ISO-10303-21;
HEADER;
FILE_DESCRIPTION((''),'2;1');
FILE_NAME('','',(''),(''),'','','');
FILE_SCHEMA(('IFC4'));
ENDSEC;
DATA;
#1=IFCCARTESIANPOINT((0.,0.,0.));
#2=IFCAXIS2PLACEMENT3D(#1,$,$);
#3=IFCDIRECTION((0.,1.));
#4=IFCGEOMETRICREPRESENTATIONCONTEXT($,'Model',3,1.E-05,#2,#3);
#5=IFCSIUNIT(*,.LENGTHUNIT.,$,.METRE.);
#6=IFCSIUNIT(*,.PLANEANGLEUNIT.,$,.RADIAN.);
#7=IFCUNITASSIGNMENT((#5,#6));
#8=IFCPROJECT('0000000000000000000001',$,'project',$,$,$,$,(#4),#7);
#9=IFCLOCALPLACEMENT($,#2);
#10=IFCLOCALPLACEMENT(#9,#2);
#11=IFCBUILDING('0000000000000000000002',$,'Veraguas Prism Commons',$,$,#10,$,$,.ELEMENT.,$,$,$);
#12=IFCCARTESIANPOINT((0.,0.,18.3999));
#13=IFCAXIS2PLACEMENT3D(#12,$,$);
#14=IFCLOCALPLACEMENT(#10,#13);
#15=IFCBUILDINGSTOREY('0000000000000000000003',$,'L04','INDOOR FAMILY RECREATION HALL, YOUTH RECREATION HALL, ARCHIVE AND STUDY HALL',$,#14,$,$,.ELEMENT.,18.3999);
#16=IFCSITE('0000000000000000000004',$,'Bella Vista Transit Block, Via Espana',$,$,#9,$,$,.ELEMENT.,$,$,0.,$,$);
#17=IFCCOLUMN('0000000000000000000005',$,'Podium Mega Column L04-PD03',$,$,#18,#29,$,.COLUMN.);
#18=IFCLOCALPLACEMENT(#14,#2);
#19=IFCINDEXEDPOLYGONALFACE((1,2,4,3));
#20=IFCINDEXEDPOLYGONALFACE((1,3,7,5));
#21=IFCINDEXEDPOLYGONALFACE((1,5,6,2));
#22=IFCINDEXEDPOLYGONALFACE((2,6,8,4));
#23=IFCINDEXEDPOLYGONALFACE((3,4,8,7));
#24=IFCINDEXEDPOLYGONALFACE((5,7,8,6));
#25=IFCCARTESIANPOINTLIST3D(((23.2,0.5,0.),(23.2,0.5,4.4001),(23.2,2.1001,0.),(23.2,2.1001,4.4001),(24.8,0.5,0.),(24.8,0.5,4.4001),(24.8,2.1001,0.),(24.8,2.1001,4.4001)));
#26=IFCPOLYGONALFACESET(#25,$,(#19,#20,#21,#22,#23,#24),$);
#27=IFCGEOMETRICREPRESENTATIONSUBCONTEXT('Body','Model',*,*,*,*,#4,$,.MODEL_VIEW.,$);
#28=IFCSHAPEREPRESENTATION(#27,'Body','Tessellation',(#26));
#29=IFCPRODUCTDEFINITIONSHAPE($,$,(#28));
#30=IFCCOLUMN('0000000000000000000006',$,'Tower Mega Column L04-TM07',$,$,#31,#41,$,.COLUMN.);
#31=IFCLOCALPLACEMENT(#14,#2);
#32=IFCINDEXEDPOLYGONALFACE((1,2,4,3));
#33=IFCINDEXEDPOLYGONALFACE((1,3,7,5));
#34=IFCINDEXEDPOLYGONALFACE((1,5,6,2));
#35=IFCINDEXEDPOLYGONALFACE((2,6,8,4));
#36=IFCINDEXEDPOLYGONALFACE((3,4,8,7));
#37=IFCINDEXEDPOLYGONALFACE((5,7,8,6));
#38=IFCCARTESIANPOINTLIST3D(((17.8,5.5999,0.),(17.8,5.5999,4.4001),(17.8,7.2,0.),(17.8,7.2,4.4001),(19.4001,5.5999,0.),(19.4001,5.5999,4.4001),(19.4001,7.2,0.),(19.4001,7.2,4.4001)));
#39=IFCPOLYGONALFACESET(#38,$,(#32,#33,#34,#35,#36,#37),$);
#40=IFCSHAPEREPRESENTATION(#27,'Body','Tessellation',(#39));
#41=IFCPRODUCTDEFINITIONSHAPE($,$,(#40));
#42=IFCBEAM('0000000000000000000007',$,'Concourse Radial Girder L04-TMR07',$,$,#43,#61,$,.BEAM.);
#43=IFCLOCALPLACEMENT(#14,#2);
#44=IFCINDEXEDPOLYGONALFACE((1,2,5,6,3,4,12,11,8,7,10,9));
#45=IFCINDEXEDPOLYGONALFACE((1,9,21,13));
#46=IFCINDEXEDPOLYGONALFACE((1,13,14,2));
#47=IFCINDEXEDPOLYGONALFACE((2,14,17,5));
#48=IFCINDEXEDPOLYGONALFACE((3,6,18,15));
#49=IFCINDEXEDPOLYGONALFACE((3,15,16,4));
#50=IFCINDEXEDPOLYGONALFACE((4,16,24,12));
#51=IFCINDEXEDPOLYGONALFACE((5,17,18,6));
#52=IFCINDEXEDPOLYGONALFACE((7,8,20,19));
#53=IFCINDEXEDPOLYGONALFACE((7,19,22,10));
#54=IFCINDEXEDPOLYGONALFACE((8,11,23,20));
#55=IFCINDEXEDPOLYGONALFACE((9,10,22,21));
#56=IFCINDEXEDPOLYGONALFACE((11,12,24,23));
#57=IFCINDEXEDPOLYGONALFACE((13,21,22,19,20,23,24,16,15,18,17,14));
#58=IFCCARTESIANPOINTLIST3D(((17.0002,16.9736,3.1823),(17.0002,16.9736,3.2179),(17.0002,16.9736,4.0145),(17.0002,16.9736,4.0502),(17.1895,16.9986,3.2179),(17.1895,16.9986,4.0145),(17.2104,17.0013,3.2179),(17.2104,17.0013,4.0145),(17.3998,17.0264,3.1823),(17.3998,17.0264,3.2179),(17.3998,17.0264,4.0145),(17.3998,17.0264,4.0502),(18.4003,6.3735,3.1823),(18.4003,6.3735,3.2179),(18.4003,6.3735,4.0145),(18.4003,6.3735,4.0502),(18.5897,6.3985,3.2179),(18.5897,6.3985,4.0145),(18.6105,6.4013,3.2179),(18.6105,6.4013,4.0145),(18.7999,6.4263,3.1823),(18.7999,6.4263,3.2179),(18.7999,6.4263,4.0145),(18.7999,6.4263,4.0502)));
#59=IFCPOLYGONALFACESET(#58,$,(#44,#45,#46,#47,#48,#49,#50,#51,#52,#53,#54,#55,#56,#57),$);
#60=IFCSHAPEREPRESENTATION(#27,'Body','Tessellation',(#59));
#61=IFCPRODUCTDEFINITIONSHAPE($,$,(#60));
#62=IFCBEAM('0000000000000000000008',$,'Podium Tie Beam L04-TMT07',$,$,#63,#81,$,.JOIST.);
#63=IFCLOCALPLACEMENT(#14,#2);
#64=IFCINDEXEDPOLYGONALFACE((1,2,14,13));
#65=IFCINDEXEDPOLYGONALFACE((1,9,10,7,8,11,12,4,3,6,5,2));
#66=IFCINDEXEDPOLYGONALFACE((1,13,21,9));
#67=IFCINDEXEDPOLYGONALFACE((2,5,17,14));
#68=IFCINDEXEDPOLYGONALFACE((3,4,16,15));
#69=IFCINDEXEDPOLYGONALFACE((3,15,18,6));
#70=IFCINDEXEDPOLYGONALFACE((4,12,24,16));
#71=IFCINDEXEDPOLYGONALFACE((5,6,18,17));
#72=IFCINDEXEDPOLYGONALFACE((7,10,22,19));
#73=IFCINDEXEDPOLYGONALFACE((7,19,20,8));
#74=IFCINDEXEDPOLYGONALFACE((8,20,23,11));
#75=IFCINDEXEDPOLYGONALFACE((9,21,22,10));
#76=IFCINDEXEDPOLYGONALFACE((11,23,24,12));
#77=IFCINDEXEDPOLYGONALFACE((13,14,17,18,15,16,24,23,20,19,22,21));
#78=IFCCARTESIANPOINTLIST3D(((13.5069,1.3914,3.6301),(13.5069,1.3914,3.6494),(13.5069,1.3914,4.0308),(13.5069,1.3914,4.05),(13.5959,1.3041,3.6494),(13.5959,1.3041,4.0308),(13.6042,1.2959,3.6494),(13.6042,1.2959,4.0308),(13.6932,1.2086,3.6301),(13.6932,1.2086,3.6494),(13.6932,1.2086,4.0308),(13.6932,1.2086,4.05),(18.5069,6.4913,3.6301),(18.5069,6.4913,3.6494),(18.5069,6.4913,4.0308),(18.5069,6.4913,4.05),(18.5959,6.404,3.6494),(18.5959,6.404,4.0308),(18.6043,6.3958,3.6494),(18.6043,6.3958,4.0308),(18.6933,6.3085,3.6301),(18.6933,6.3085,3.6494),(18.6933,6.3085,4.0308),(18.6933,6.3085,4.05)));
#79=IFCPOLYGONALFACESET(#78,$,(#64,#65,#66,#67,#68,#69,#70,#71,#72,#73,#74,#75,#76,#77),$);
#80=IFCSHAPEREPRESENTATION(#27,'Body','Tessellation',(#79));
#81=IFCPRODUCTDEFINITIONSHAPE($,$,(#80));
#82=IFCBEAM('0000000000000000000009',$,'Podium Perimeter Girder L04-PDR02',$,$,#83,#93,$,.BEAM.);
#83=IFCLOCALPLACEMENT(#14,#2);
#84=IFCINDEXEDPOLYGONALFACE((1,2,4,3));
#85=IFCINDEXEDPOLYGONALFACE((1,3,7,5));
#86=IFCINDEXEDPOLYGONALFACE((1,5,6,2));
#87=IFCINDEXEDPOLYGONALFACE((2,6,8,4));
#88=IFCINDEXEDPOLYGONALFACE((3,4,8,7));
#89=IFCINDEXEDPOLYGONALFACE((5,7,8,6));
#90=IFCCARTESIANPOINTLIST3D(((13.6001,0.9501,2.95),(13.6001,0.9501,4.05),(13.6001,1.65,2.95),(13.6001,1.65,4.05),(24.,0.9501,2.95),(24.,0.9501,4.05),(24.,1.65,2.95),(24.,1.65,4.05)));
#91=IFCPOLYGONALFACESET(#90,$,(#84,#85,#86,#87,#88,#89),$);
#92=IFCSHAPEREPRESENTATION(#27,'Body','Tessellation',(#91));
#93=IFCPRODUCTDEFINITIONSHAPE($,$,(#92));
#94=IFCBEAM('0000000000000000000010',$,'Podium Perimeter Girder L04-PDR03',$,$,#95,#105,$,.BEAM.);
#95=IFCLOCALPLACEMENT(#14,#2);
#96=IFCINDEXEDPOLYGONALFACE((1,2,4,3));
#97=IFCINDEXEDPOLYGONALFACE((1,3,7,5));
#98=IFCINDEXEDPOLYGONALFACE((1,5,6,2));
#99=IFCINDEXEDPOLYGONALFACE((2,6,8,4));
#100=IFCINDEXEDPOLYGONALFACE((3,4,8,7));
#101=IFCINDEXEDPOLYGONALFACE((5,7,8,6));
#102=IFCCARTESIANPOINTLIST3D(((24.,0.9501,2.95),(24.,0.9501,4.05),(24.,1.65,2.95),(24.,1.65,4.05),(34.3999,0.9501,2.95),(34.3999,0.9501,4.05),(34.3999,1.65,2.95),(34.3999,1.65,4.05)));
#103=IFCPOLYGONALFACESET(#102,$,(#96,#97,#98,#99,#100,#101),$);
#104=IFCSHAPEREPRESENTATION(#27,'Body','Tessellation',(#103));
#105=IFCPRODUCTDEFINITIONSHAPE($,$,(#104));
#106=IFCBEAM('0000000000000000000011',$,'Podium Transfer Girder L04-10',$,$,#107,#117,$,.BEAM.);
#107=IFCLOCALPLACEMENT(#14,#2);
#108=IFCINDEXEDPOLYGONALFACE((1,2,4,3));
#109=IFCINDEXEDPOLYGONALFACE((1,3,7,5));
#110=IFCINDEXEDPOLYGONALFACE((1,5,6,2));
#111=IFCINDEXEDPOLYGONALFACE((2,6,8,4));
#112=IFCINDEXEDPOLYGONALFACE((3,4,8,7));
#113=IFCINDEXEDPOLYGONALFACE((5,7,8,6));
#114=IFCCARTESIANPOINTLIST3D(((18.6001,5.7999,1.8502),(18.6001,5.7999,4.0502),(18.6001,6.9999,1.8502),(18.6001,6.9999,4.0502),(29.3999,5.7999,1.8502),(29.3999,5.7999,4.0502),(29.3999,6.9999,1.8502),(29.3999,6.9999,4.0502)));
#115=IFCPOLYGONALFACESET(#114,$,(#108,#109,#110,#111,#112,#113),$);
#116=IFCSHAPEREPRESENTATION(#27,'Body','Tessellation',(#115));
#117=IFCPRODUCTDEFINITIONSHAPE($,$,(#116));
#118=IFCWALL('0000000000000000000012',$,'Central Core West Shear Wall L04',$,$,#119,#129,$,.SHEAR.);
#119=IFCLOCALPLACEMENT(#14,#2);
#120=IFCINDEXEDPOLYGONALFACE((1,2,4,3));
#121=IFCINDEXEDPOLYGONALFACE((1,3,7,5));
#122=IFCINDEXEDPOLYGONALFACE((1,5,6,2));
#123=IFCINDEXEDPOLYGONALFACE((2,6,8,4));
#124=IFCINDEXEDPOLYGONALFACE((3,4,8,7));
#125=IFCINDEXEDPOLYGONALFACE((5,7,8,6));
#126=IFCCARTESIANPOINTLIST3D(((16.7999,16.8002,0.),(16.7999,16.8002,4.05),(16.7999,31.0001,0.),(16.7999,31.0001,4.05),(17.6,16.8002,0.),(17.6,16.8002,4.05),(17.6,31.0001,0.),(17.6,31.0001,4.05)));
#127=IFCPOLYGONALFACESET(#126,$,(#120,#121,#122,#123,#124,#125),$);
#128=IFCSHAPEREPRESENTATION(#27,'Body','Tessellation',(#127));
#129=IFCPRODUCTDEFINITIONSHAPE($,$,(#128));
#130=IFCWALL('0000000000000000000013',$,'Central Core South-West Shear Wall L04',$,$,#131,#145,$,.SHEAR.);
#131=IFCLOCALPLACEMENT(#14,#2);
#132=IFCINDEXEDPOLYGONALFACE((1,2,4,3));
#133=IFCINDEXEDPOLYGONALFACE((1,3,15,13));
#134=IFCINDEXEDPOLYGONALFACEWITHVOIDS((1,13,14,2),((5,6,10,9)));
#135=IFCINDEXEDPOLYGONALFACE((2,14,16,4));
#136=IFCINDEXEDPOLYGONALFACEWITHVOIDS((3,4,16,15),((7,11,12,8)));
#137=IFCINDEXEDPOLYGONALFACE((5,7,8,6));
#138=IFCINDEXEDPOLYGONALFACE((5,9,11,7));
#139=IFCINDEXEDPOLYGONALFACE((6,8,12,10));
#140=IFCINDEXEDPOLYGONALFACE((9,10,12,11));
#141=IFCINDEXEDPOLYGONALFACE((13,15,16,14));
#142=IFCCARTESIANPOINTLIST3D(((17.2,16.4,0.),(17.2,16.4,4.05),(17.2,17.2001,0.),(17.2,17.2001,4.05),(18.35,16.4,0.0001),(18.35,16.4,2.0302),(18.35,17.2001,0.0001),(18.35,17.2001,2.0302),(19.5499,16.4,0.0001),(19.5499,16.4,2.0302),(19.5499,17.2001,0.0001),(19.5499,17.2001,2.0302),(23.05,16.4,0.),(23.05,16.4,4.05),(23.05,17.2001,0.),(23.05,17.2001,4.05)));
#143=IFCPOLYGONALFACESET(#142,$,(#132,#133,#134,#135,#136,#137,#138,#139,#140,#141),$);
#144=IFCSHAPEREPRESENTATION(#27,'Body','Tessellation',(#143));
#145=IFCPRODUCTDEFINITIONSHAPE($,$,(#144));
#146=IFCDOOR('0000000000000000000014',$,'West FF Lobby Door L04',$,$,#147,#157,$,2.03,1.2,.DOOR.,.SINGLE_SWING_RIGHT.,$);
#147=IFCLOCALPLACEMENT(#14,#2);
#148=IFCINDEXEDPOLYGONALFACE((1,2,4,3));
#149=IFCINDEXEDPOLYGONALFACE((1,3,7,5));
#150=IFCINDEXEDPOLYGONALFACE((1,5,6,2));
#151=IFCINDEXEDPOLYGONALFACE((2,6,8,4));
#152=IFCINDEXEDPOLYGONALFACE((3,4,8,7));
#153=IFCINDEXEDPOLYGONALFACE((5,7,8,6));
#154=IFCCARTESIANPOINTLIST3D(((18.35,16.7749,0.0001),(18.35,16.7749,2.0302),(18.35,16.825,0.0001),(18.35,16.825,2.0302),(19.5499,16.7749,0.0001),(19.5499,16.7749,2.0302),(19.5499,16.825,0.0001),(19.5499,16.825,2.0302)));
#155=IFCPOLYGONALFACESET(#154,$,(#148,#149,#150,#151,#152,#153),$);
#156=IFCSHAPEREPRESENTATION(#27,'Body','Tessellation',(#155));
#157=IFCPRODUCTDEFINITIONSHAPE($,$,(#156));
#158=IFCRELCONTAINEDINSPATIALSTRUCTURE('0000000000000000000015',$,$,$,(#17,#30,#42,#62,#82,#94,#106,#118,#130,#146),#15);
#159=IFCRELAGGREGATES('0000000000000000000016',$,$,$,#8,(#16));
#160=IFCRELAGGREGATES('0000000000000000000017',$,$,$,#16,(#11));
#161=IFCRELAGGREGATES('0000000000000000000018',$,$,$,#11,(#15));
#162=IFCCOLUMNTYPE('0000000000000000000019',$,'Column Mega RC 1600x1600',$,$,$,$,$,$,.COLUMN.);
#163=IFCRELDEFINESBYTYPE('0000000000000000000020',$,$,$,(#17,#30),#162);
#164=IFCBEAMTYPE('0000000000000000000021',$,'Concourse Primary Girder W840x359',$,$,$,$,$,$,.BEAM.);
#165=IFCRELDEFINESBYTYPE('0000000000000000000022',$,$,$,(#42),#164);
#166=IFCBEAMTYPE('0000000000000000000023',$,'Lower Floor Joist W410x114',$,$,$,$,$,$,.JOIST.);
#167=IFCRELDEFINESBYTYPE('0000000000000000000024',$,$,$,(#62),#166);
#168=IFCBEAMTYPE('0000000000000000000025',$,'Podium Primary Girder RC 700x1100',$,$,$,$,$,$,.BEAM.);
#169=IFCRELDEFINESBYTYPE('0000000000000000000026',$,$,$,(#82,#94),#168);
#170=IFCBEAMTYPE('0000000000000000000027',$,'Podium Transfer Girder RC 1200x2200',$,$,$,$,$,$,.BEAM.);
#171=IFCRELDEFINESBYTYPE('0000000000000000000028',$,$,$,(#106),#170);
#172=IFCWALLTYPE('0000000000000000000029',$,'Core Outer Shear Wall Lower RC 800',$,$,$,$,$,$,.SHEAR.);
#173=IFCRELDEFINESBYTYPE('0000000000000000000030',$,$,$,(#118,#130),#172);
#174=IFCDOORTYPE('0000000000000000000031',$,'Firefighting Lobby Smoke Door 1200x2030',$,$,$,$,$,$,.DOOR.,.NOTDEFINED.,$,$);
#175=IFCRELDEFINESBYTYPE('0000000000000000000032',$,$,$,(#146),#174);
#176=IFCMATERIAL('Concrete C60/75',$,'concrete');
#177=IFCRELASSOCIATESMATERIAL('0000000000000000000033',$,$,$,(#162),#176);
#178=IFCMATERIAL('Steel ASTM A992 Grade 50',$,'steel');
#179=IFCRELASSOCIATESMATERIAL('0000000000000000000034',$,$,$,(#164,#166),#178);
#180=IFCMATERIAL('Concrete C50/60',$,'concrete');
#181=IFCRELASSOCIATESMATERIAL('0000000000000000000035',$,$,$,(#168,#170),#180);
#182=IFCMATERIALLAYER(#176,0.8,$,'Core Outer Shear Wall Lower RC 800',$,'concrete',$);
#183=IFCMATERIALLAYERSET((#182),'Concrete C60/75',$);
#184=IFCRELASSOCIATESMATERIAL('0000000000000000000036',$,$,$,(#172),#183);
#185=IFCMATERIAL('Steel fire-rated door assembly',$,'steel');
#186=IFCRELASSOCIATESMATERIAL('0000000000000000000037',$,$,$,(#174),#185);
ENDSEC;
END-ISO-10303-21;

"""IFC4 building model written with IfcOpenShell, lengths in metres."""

from ifc_helpers import new_model, si_unit, direction, frame, frame_2d, origin, origin_2d, place, context, subcontext, project, spatial, rectangle, i_section, extrude, source, transform, mapped, material, layer, layer_set, material_profile, profile_set, type_object, element, fill, save


model = new_model("IFC4")

# Units and contexts
model_context = context("Model", 3, precision=1e-05, world=origin(), true_north=direction((0.0, 1.0)))
body_context = subcontext(model_context, "Body", "Model", "MODEL_VIEW")
ifc_project = project(units=[si_unit("LENGTHUNIT", "METRE"), si_unit("PLANEANGLEUNIT", "RADIAN")], contexts=[model_context])

# Site, building, storey
site_placement = place(None, origin())
site = spatial("IfcSite", under=ifc_project, at=site_placement, Name="Bella Vista Transit Block, Via Espana", CompositionType="ELEMENT", RefElevation=0.0)
building_placement = place(site_placement, origin())
building = spatial("IfcBuilding", under=site, at=building_placement, Name="Veraguas Prism Commons", CompositionType="ELEMENT")
storey_placement = place(building_placement, frame((0.0, 0.0, 18.3999)))
storey = spatial("IfcBuildingStorey", under=building, at=storey_placement, Name="L04", Description="INDOOR FAMILY RECREATION HALL, YOUTH RECREATION HALL, ARCHIVE AND STUDY HALL", CompositionType="ELEMENT", Elevation=18.3999)

# Columns
ifc_material_1 = material(Name="Concrete C60/75", Category="concrete")
ifc_material_profile_1 = material_profile(ifc_material_1, rectangle(XDim=1.6001, YDim=1.6001, at=origin_2d()), Name="RC1600X1600")
ifc_profile_set_1 = profile_set([ifc_material_profile_1], Name="Concrete C60/75")
column_type = type_object("IfcColumnType", Name="Column Mega RC 1600x1600", PredefinedType="COLUMN", material=ifc_profile_set_1)
for number, where, z_axis, x_axis, name in (
    (1, (24.0, 1.3, 0.0), (0.0, 0.0, 1.0), (1.0, 0.0, 0.0), "Podium Mega Column L04-PD03"),
    (2, (18.6001, 6.3999, 0.0), (0.0, 0.0, 1.0), (1.0, 0.0, 0.0), "Tower Mega Column L04-TM07"),
):
    element("IfcColumn", number, at=place(storey_placement, frame(where, z_axis=z_axis, x_axis=x_axis)), inside=storey, type_object=column_type, Name=name, PredefinedType="COLUMN", context=body_context, shape_type="SweptSolid", body=[
        extrude(rectangle(XDim=1.6001, YDim=1.6001, at=origin_2d()), origin(), (0.0, 0.0, 1.0), 4.4001),
    ])

# Beams
ifc_material_2 = material(Name="Steel ASTM A992 Grade 50", Category="steel")
ifc_material_profile_2 = material_profile(ifc_material_2, i_section(OverallWidth=0.4031, OverallDepth=0.8679, WebThickness=0.021, FlangeThickness=0.0356, at=origin_2d()), Name="W840X359")
ifc_profile_set_2 = profile_set([ifc_material_profile_2], Name="Steel ASTM A992 Grade 50")
beam_type_1 = type_object("IfcBeamType", Name="Concourse Primary Girder W840x359", PredefinedType="BEAM", material=ifc_profile_set_2)
beam_1_placement = place(storey_placement, frame((18.6001, 6.3999, 3.6162), z_axis=(-0.130951, 0.991389, 0.0), x_axis=(-0.991389, -0.130951, 0.0)))
element("IfcBeam", 3, at=beam_1_placement, inside=storey, type_object=beam_type_1, Name="Concourse Radial Girder L04-TMR07", PredefinedType="BEAM", context=body_context, shape_type="SweptSolid", body=[
    extrude(i_section(OverallWidth=0.4031, OverallDepth=0.8679, WebThickness=0.021, FlangeThickness=0.0356, at=origin_2d()), origin(), (0.0, 0.0, 1.0), 10.6921),
])
ifc_material_profile_3 = material_profile(ifc_material_2, i_section(OverallWidth=0.261, OverallDepth=0.4199, WebThickness=0.0117, FlangeThickness=0.0193, at=origin_2d()), Name="W410X114")
ifc_profile_set_3 = profile_set([ifc_material_profile_3], Name="Steel ASTM A992 Grade 50")
beam_type_2 = type_object("IfcBeamType", Name="Lower Floor Joist W410x114", PredefinedType="JOIST", material=ifc_profile_set_3)
beam_2_placement = place(storey_placement, frame((18.6001, 6.3999, 3.8401), z_axis=(-0.700082, -0.714063, 0.0), x_axis=(0.714063, -0.700082, 0.0)))
element("IfcBeam", 4, at=beam_2_placement, inside=storey, type_object=beam_type_2, Name="Podium Tie Beam L04-TMT07", PredefinedType="JOIST", context=body_context, shape_type="SweptSolid", body=[
    extrude(i_section(OverallWidth=0.261, OverallDepth=0.4199, WebThickness=0.0117, FlangeThickness=0.0193, at=origin_2d()), origin(), (0.0, 0.0, 1.0), 7.1421),
])
ifc_material_3 = material(Name="Concrete C50/60", Category="concrete")
ifc_material_profile_4 = material_profile(ifc_material_3, rectangle(XDim=0.7, YDim=1.1001, at=origin_2d()), Name="RC700X1100")
ifc_profile_set_4 = profile_set([ifc_material_profile_4], Name="Concrete C50/60")
beam_type_3 = type_object("IfcBeamType", Name="Podium Primary Girder RC 700x1100", PredefinedType="BEAM", material=ifc_profile_set_4)
for number, where, z_axis, x_axis, name in (
    (5, (13.6001, 1.3, 3.5), (1.0, 0.0, 0.0), (0.0, 1.0, 0.0), "Podium Perimeter Girder L04-PDR02"),
    (6, (24.0, 1.3, 3.5), (1.0, 0.0, 0.0), (0.0, 1.0, 0.0), "Podium Perimeter Girder L04-PDR03"),
):
    element("IfcBeam", number, at=place(storey_placement, frame(where, z_axis=z_axis, x_axis=x_axis)), inside=storey, type_object=beam_type_3, Name=name, PredefinedType="BEAM", context=body_context, shape_type="SweptSolid", body=[
        extrude(rectangle(XDim=0.7, YDim=1.1001, at=origin_2d()), origin(), (0.0, 0.0, 1.0), 10.3999),
    ])
ifc_material_profile_5 = material_profile(ifc_material_3, rectangle(XDim=1.2, YDim=2.2, at=origin_2d()), Name="RC1200X2200")
ifc_profile_set_5 = profile_set([ifc_material_profile_5], Name="Concrete C50/60")
beam_type_4 = type_object("IfcBeamType", Name="Podium Transfer Girder RC 1200x2200", PredefinedType="BEAM", material=ifc_profile_set_5)
beam_3_placement = place(storey_placement, frame((18.6001, 6.3999, 2.9502), z_axis=(1.0, 0.0, 0.0), x_axis=(0.0, 1.0, 0.0)))
element("IfcBeam", 7, at=beam_3_placement, inside=storey, type_object=beam_type_4, Name="Podium Transfer Girder L04-10", PredefinedType="BEAM", context=body_context, shape_type="SweptSolid", body=[
    extrude(rectangle(XDim=1.2, YDim=2.2, at=origin_2d()), origin(), (0.0, 0.0, 1.0), 10.7998),
])

# Wall
ifc_layer_1 = layer(ifc_material_1, 0.8, Name="Core Outer Shear Wall Lower RC 800", Category="concrete")
ifc_layer_set_1 = layer_set([ifc_layer_1], Name="Concrete C60/75")
wall_type_1 = type_object("IfcWallType", Name="Core Outer Shear Wall Lower RC 800", PredefinedType="SHEAR", material=ifc_layer_set_1)
wall_1_placement = place(storey_placement, frame((17.2, 16.8, 0.0), z_axis=(0.0, 0.0, 1.0), x_axis=(0.0, 1.0, 0.0)))
element("IfcWall", 8, at=wall_1_placement, inside=storey, type_object=wall_type_1, Name="Central Core West Shear Wall L04", PredefinedType="SHEAR", context=body_context, shape_type="SweptSolid", body=[
    extrude(rectangle(XDim=14.2, YDim=0.8, at=frame_2d((7.1001, 0.0))), origin(), (0.0, 0.0, 1.0), 4.05),
])

# Wall, opening, door
wall_2_placement = place(storey_placement, frame((17.2, 16.8, 0.0), z_axis=(0.0, 0.0, 1.0), x_axis=(1.0, 0.0, 0.0)))
wall_2 = element("IfcWall", 9, at=wall_2_placement, inside=storey, type_object=wall_type_1, Name="Central Core South-West Shear Wall L04", PredefinedType="SHEAR", context=body_context, shape_type="SweptSolid", body=[
    extrude(rectangle(XDim=5.8501, YDim=0.8, at=frame_2d((2.925, 0.0))), origin(), (0.0, 0.0, 1.0), 4.05),
])
opening_1_placement = place(wall_2_placement, frame((1.1499, 0.0, 0.0)))
opening_1 = element("IfcOpeningElement", 10, at=opening_1_placement, cuts=wall_2, PredefinedType="OPENING", context=body_context, shape_type="SweptSolid", body=[
    extrude(rectangle(XDim=1.2, YDim=2.03, at=frame_2d((0.6001, 1.0151))), frame((0.0, 0.4099, 0.0), z_axis=(0.0, -1.0, 0.0), x_axis=(1.0, 0.0, 0.0)), (0.0, 0.0, 1.0), 0.8201),
])
ifc_material_4 = material(Name="Steel fire-rated door assembly", Category="steel")
door_type_1 = type_object("IfcDoorType", Name="Firefighting Lobby Smoke Door 1200x2030", OperationType="NOTDEFINED", PredefinedType="DOOR", material=ifc_material_4)
shared_shape_1 = source(origin(), body_context, "Body", "SweptSolid", [
    extrude(rectangle(XDim=1.2, YDim=2.03, at=frame_2d((0.6001, 1.0151))), frame((0.0, 0.0249, 0.0), z_axis=(0.0, -1.0, 0.0), x_axis=(1.0, 0.0, 0.0)), (0.0, 0.0, 1.0), 0.05),
])
door_1_placement = place(opening_1_placement, origin())
door_1 = element("IfcDoor", 11, at=door_1_placement, inside=storey, type_object=door_type_1, Name="West FF Lobby Door L04", OperationType="SINGLE_SWING_RIGHT", OverallHeight=2.03, OverallWidth=1.2, PredefinedType="DOOR", context=body_context, shape_type="MappedRepresentation", body=[
    mapped(shared_shape_1, transform((0.0, 0.0, 0.0), scale=1.0)),
])
fill(opening_1, door_1)

save(model, "model.ifc")
